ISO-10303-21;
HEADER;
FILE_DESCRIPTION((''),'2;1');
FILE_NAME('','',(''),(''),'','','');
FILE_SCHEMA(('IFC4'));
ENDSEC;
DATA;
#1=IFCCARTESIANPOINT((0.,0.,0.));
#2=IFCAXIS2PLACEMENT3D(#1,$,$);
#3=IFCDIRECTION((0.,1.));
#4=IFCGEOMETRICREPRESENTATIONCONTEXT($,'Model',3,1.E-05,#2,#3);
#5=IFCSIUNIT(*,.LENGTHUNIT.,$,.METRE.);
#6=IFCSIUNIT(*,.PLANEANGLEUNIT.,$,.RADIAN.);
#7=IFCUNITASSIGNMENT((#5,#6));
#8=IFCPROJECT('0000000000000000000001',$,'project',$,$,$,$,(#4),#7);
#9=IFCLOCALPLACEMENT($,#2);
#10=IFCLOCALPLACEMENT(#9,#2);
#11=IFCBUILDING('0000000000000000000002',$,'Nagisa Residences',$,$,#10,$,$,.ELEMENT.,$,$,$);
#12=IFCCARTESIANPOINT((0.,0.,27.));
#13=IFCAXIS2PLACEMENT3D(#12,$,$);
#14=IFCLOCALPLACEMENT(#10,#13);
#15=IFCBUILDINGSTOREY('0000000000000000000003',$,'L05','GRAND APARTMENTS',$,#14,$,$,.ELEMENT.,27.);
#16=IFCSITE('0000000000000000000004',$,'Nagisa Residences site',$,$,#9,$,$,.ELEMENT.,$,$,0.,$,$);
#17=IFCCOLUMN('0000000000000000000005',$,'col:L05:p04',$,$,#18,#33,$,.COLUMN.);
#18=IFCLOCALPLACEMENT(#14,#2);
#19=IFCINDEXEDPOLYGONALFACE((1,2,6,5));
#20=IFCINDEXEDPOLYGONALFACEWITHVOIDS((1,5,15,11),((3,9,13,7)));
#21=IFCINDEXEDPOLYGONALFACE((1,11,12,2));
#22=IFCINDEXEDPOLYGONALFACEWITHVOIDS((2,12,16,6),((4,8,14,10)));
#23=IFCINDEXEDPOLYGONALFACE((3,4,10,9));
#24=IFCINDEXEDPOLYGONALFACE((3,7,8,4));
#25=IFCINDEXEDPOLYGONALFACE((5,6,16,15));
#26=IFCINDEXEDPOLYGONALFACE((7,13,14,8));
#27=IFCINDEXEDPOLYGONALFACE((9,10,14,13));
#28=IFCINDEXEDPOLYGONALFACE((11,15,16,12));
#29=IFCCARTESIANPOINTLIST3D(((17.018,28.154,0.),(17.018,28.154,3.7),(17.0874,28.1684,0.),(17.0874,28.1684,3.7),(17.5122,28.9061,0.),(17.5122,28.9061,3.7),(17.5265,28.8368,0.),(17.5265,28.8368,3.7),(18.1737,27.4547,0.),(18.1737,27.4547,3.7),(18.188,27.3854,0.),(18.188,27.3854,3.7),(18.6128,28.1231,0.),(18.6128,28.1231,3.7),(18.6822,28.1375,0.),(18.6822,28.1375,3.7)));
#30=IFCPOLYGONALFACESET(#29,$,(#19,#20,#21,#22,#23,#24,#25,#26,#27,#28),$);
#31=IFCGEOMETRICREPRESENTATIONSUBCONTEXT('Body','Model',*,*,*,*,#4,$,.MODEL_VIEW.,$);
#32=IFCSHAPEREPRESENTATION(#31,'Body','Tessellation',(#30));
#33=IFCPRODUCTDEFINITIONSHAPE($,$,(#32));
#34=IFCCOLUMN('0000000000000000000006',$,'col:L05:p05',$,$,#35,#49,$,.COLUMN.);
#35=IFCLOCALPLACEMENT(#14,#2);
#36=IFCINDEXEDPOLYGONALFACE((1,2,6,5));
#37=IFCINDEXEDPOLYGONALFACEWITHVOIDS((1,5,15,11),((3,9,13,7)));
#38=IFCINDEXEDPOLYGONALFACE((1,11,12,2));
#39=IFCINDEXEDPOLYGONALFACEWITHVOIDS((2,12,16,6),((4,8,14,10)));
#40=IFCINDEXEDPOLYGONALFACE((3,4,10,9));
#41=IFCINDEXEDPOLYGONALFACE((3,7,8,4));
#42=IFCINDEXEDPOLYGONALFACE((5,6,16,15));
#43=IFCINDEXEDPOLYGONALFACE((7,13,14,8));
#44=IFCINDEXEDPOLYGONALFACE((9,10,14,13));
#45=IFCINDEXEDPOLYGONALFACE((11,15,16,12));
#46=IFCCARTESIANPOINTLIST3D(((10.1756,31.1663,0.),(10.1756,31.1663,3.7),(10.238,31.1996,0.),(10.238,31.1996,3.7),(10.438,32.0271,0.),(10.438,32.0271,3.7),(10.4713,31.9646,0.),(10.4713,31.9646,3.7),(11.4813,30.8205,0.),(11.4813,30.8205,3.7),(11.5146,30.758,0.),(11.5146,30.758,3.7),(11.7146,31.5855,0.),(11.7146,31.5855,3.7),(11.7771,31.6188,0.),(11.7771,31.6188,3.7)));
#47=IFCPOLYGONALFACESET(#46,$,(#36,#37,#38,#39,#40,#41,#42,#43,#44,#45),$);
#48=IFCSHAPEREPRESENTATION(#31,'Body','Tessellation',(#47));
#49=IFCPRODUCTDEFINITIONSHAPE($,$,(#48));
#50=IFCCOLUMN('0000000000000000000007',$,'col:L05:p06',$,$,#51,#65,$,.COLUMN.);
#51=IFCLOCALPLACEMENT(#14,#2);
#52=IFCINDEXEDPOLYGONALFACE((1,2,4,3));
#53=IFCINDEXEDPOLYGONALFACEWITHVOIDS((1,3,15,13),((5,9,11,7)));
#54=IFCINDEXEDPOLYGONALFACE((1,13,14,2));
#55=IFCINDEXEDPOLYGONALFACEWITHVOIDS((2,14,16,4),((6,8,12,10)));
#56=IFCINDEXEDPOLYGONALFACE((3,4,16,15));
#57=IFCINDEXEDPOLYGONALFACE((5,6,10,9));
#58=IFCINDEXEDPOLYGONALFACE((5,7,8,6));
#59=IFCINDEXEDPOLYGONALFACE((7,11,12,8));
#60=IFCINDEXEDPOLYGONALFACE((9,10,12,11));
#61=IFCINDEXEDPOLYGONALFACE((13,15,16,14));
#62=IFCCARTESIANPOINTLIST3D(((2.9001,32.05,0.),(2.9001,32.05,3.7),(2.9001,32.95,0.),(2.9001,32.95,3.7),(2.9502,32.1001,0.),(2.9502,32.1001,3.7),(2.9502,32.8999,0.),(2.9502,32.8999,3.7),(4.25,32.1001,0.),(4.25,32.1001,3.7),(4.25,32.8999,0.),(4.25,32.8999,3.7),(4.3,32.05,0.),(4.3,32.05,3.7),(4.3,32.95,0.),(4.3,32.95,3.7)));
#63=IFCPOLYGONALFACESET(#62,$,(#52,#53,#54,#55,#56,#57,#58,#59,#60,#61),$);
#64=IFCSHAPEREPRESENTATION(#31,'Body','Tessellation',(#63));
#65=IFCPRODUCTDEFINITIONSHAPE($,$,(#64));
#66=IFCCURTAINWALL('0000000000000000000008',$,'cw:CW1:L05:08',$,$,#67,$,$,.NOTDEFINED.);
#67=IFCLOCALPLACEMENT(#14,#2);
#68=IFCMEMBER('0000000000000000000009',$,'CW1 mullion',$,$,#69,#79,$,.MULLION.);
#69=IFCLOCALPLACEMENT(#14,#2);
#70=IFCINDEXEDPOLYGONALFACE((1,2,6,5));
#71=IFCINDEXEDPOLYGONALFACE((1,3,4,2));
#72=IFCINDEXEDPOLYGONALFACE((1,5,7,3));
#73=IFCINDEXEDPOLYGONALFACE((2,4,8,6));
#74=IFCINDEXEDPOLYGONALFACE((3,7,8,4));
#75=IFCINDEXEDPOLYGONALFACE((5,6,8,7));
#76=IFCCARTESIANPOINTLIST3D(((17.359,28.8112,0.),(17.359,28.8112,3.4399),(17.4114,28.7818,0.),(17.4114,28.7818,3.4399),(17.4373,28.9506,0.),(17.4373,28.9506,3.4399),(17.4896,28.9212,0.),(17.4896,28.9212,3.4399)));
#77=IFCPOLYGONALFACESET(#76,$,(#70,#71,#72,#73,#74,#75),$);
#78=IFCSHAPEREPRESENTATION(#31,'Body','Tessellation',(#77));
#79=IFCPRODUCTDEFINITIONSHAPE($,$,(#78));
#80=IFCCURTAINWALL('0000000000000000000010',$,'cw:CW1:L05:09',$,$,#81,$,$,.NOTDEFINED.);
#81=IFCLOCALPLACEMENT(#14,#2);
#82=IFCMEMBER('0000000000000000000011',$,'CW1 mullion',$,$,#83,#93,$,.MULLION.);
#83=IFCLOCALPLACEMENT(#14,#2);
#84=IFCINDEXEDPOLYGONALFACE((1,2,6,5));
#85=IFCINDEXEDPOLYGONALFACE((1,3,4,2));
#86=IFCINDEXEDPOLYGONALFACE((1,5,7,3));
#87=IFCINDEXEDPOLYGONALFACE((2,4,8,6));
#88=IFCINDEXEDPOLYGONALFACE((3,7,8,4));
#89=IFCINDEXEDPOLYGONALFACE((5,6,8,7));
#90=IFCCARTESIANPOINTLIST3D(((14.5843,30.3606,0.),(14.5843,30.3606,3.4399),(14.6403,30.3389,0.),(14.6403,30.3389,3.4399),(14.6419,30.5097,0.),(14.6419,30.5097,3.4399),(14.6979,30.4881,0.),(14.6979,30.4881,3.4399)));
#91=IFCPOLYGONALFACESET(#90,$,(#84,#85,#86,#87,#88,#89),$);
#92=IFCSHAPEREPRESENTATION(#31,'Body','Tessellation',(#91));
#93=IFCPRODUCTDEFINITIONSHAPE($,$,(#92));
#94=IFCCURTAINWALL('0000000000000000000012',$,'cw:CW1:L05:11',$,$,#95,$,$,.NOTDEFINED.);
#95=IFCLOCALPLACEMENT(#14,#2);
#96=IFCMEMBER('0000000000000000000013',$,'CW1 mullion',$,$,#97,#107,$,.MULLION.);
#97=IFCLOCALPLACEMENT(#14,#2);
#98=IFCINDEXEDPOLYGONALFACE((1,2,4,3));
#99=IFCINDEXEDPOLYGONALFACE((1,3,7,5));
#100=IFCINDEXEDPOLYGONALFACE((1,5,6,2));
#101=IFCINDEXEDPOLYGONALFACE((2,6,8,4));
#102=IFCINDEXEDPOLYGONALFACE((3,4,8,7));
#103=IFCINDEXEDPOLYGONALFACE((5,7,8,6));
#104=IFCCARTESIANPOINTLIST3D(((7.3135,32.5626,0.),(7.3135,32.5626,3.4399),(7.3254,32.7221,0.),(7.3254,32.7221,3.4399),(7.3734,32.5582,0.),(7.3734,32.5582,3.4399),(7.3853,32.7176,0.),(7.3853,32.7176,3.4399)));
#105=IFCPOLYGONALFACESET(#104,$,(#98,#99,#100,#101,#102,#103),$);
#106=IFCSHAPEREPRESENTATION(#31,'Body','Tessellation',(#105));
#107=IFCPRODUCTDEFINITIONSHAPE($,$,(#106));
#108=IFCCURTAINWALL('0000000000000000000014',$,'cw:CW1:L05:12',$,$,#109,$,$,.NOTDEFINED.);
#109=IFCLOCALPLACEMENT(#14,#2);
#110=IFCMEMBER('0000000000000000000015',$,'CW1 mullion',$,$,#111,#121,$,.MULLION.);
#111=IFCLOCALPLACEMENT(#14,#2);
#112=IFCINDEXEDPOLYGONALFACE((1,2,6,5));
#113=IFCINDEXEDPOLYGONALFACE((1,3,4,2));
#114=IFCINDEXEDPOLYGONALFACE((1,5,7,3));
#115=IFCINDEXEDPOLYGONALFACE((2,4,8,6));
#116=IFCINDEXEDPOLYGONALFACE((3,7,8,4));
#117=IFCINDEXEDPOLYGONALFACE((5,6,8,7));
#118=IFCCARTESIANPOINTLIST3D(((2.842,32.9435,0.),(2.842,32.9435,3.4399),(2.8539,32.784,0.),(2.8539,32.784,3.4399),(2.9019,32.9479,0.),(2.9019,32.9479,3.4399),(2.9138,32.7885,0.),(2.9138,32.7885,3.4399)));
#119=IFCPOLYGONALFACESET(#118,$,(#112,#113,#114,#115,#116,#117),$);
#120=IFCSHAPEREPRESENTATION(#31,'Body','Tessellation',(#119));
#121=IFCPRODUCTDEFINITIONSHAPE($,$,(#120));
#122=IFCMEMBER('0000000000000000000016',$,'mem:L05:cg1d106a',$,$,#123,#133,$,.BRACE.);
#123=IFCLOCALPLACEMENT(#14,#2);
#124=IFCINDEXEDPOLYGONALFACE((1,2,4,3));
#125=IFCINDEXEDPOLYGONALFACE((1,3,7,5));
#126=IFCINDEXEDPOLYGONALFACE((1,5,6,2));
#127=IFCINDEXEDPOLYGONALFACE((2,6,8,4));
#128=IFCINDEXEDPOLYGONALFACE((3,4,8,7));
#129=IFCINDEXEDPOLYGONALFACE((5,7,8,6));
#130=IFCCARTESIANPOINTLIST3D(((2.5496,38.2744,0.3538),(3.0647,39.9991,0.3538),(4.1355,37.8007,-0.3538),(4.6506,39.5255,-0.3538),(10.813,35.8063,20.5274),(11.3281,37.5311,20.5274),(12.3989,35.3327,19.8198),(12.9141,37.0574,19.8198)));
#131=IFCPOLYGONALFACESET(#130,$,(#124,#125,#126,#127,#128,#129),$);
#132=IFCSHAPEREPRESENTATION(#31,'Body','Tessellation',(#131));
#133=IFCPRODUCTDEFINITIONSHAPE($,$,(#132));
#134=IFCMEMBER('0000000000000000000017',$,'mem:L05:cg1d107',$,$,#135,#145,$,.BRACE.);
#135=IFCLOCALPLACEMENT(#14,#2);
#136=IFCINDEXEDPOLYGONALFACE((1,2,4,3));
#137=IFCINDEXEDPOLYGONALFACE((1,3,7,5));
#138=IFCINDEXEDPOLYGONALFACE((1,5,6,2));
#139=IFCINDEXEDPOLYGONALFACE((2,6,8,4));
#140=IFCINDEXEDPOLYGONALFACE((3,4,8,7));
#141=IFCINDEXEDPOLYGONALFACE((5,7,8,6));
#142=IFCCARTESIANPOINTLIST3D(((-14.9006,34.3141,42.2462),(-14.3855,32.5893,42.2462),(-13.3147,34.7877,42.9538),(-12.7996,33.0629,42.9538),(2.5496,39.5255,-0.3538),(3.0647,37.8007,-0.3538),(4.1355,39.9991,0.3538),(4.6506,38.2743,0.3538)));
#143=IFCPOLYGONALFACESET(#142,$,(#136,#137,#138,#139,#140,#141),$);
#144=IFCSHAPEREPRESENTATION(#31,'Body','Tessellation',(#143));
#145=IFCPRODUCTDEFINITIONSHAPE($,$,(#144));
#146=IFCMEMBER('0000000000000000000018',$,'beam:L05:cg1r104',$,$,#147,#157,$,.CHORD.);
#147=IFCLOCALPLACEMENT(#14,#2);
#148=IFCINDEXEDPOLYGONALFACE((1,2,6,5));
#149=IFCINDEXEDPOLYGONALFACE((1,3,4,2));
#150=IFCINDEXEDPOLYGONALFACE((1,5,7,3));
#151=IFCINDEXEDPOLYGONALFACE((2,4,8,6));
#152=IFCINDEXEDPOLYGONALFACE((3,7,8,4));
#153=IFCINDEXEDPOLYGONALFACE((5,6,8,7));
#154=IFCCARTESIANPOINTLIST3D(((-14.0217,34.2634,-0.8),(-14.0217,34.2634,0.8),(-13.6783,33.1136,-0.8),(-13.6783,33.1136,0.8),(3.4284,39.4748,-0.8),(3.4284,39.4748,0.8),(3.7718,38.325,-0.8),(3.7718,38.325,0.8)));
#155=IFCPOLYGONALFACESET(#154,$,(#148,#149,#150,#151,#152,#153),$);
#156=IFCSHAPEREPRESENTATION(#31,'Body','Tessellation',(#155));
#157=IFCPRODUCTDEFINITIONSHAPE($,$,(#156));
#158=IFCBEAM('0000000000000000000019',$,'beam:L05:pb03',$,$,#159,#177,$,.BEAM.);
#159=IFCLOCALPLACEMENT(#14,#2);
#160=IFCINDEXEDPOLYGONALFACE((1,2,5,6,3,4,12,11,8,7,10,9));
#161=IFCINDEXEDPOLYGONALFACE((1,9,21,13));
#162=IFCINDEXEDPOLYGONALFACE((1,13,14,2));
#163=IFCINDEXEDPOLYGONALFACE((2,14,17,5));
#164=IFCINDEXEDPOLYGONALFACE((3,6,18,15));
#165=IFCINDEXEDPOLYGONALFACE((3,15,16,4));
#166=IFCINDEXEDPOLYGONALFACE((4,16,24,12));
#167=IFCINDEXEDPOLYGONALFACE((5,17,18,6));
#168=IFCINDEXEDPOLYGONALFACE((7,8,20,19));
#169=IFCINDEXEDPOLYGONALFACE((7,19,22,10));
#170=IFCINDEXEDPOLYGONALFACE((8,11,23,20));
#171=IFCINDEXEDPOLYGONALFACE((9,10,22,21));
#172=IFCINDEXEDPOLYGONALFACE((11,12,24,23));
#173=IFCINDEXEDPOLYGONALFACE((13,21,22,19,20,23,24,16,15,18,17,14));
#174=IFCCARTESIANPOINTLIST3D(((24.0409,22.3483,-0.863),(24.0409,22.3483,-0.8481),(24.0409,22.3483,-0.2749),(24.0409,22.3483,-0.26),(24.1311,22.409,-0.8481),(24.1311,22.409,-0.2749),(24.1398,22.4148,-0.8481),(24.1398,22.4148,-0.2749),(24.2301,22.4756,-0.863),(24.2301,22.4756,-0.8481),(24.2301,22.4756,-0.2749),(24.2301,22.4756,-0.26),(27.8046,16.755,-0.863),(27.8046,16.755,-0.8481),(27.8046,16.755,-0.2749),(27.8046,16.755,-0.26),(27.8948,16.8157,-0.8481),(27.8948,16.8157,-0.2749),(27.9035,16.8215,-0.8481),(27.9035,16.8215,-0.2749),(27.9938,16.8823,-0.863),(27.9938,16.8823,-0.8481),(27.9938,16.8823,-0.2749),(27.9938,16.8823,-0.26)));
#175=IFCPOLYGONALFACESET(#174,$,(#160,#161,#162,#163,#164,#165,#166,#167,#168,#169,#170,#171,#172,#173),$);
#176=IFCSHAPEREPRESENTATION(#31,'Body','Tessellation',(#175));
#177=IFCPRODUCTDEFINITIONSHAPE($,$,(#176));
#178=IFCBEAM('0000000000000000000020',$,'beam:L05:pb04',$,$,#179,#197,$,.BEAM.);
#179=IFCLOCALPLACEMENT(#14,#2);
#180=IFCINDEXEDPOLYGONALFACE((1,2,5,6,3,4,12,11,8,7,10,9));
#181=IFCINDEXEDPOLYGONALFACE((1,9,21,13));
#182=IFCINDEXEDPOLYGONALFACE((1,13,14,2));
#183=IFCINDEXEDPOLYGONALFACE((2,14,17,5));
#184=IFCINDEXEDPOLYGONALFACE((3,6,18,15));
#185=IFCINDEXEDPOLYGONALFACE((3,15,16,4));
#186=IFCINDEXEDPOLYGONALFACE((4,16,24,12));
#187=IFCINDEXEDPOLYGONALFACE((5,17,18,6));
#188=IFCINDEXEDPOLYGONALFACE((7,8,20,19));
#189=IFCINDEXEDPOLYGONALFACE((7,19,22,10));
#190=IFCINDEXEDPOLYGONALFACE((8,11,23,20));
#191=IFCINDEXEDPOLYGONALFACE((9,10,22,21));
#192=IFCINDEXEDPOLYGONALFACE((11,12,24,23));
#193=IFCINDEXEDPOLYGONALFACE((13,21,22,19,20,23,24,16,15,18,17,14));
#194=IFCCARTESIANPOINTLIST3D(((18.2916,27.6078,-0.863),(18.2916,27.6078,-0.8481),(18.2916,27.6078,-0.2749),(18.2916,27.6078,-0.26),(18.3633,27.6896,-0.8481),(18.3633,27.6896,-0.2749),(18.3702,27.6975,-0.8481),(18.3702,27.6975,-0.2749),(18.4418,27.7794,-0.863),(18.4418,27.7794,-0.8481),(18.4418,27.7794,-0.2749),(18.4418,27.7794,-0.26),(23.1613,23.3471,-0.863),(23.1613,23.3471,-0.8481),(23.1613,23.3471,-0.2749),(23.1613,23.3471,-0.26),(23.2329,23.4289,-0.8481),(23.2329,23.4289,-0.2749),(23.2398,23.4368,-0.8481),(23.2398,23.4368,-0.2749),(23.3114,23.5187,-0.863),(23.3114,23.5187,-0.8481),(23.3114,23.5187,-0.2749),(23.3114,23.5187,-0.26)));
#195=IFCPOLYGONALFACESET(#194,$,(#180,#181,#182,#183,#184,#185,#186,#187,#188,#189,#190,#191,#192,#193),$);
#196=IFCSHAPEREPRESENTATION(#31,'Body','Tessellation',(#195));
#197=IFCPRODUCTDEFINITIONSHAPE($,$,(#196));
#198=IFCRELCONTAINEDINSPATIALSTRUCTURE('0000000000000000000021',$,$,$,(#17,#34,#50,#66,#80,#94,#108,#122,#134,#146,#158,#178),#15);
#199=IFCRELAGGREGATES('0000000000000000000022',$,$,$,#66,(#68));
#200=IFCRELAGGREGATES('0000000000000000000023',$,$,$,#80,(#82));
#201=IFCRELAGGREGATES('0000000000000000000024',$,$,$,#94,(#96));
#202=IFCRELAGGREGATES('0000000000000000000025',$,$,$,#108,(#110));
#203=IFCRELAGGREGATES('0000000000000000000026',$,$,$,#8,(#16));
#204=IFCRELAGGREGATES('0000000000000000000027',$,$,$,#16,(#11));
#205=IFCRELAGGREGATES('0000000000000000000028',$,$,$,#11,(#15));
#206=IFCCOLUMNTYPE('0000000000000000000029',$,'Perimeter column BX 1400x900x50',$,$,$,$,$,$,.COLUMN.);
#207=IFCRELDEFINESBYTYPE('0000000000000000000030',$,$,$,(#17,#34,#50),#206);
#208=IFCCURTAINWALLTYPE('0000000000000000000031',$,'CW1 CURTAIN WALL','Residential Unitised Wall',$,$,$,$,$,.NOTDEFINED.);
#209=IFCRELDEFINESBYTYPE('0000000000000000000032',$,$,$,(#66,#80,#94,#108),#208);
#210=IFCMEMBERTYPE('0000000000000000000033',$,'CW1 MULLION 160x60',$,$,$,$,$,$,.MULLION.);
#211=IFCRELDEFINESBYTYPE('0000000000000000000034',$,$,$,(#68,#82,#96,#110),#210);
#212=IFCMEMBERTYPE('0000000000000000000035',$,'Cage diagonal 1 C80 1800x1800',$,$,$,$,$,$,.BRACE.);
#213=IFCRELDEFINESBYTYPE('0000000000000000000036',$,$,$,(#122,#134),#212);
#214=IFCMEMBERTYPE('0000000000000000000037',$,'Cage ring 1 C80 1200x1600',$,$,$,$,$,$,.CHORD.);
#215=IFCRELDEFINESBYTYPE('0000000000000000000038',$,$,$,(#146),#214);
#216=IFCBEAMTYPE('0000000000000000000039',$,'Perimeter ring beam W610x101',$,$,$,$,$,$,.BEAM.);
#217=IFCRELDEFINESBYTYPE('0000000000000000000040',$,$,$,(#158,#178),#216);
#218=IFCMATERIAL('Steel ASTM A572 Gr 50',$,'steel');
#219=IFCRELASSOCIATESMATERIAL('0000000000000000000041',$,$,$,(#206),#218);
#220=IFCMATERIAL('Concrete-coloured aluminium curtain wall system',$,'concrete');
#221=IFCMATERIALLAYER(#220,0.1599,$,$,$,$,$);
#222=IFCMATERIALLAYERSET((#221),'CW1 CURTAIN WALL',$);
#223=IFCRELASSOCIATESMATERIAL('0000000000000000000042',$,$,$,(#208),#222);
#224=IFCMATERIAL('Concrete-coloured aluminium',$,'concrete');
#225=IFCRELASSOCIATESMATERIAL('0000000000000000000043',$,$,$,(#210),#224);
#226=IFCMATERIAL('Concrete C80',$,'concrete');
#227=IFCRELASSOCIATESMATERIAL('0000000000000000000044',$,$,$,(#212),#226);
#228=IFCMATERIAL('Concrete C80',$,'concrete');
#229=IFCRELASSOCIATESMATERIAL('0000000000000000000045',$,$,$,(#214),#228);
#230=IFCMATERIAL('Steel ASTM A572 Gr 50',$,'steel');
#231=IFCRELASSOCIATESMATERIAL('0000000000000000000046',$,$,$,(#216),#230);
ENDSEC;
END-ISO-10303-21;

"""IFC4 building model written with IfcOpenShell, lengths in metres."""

from ifc_helpers import new_model, si_unit, direction, frame, origin, origin_2d, place, context, subcontext, project, spatial, rectangle, hollow_rectangle, i_section, extrude, material, layer, layer_set, material_profile, profile_set, type_object, element, aggregate, save


model = new_model("IFC4")

# Units and contexts
model_context = context("Model", 3, precision=1e-05, world=origin(), true_north=direction((0.0, 1.0)))
body_context = subcontext(model_context, "Body", "Model", "MODEL_VIEW")
ifc_project = project(units=[si_unit("LENGTHUNIT", "METRE"), si_unit("PLANEANGLEUNIT", "RADIAN")], contexts=[model_context])

# Site, building, storey
site_placement = place(None, origin())
site = spatial("IfcSite", under=ifc_project, at=site_placement, Name="Nagisa Residences site", CompositionType="ELEMENT", RefElevation=0.0)
building_placement = place(site_placement, origin())
building = spatial("IfcBuilding", under=site, at=building_placement, Name="Nagisa Residences", CompositionType="ELEMENT")
storey_placement = place(building_placement, frame((0.0, 0.0, 27.0)))
storey = spatial("IfcBuildingStorey", under=building, at=storey_placement, Name="L05", Description="GRAND APARTMENTS", CompositionType="ELEMENT", Elevation=27.0)

# Columns
ifc_material_1 = material(Name="Steel ASTM A572 Gr 50", Category="steel")
ifc_material_profile_1 = material_profile(ifc_material_1, hollow_rectangle(XDim=1.3999, YDim=0.8999, WallThickness=0.05, at=origin_2d()), Name="BX 1400x900x50")
ifc_profile_set_1 = profile_set([ifc_material_profile_1], Name="Steel ASTM A572 Gr 50")
column_type = type_object("IfcColumnType", Name="Perimeter column BX 1400x900x50", PredefinedType="COLUMN", material=ifc_profile_set_1)
for number, where, z_axis, x_axis, name in (
    (1, (17.8501, 28.1458, 0.0), (0.0, 0.0, 1.0), (-0.835766, 0.549086, 0.0), "col:L05:p04"),
    (2, (10.9763, 31.3926, 0.0), (0.0, 0.0, 1.0), (-0.956525, 0.291652, 0.0), "col:L05:p05"),
    (3, (3.6001, 32.5, 0.0), (0.0, 0.0, 1.0), (-1.0, 0.0, 0.0), "col:L05:p06"),
):
    element("IfcColumn", number, at=place(storey_placement, frame(where, z_axis=z_axis, x_axis=x_axis)), inside=storey, type_object=column_type, Name=name, PredefinedType="COLUMN", context=body_context, shape_type="SweptSolid", body=[
        extrude(hollow_rectangle(XDim=1.3999, YDim=0.8999, WallThickness=0.05, at=origin_2d()), origin(), (0.0, 0.0, 1.0), 3.7),
    ])

# Curtain walls, members
ifc_material_2 = material(Name="Concrete-coloured aluminium curtain wall system", Category="concrete")
ifc_layer_1 = layer(ifc_material_2, 0.1599)
ifc_layer_set_1 = layer_set([ifc_layer_1], Name="CW1 CURTAIN WALL")
curtain_wall_type = type_object("IfcCurtainWallType", Name="CW1 CURTAIN WALL", Description="Residential Unitised Wall", PredefinedType="NOTDEFINED", material=ifc_layer_set_1)
curtain_wall_1_placement = place(storey_placement, origin())
curtain_wall_1 = element("IfcCurtainWall", 4, at=curtain_wall_1_placement, inside=storey, type_object=curtain_wall_type, Name="cw:CW1:L05:08", PredefinedType="NOTDEFINED")
ifc_material_3 = material(Name="Concrete-coloured aluminium", Category="concrete")
ifc_material_profile_2 = material_profile(ifc_material_3, rectangle(XDim=0.1599, YDim=0.0601, at=origin_2d()), Name="CW1 MULLION 160x60")
ifc_profile_set_2 = profile_set([ifc_material_profile_2], Name="Concrete-coloured aluminium")
member_type_1 = type_object("IfcMemberType", Name="CW1 MULLION 160x60", PredefinedType="MULLION", material=ifc_profile_set_2)
member_1_placement = place(storey_placement, frame((17.4243, 28.8662, 0.0), z_axis=(0.0, 0.0, 1.0), x_axis=(-0.489377, -0.872072, 0.0)))
member_1 = element("IfcMember", 5, at=member_1_placement, type_object=member_type_1, Name="CW1 mullion", PredefinedType="MULLION", context=body_context, shape_type="SweptSolid", body=[
    extrude(rectangle(XDim=0.1599, YDim=0.0601, at=origin_2d()), origin(), (0.0, 0.0, 1.0), 3.4399),
])
aggregate(curtain_wall_1, [member_1])
curtain_wall_2_placement = place(storey_placement, origin())
curtain_wall_2 = element("IfcCurtainWall", 6, at=curtain_wall_2_placement, inside=storey, type_object=curtain_wall_type, Name="cw:CW1:L05:09", PredefinedType="NOTDEFINED")
member_2_placement = place(storey_placement, frame((14.6411, 30.4243, 0.0), z_axis=(0.0, 0.0, 1.0), x_axis=(-0.360328, -0.932826, 0.0)))
member_2 = element("IfcMember", 7, at=member_2_placement, type_object=member_type_1, Name="CW1 mullion", PredefinedType="MULLION", context=body_context, shape_type="SweptSolid", body=[
    extrude(rectangle(XDim=0.1599, YDim=0.0601, at=origin_2d()), origin(), (0.0, 0.0, 1.0), 3.4399),
])
aggregate(curtain_wall_2, [member_2])
curtain_wall_3_placement = place(storey_placement, origin())
curtain_wall_3 = element("IfcCurtainWall", 8, at=curtain_wall_3_placement, inside=storey, type_object=curtain_wall_type, Name="cw:CW1:L05:11", PredefinedType="NOTDEFINED")
member_3_placement = place(storey_placement, frame((7.3494, 32.6401, 0.0), z_axis=(0.0, 0.0, 1.0), x_axis=(-0.074377, -0.99723, 0.0)))
member_3 = element("IfcMember", 9, at=member_3_placement, type_object=member_type_1, Name="CW1 mullion", PredefinedType="MULLION", context=body_context, shape_type="SweptSolid", body=[
    extrude(rectangle(XDim=0.1599, YDim=0.0601, at=origin_2d()), origin(), (0.0, 0.0, 1.0), 3.4399),
])
aggregate(curtain_wall_3, [member_3])
curtain_wall_4_placement = place(storey_placement, origin())
curtain_wall_4 = element("IfcCurtainWall", 10, at=curtain_wall_4_placement, inside=storey, type_object=curtain_wall_type, Name="cw:CW1:L05:12", PredefinedType="NOTDEFINED")
member_4_placement = place(storey_placement, frame((2.8779, 32.866, 0.0), z_axis=(0.0, 0.0, 1.0), x_axis=(0.074377, -0.99723, 0.0)))
member_4 = element("IfcMember", 11, at=member_4_placement, type_object=member_type_1, Name="CW1 mullion", PredefinedType="MULLION", context=body_context, shape_type="SweptSolid", body=[
    extrude(rectangle(XDim=0.1599, YDim=0.0601, at=origin_2d()), origin(), (0.0, 0.0, 1.0), 3.4399),
])
aggregate(curtain_wall_4, [member_4])

# Members
ifc_material_4 = material(Name="Concrete C80", Category="concrete")
ifc_material_profile_3 = material_profile(ifc_material_4, rectangle(XDim=1.8, YDim=1.8, at=origin_2d()), Name="C80 1800x1800")
ifc_profile_set_3 = profile_set([ifc_material_profile_3], Name="Concrete C80")
member_type_2 = type_object("IfcMemberType", Name="Cage diagonal 1 C80 1800x1800", PredefinedType="BRACE", material=ifc_profile_set_3)
member_5_placement = place(storey_placement, frame((3.6001, 38.8999, 0.0), z_axis=(0.376643, -0.112491, 0.919503), x_axis=(0.286176, 0.958177, 0.0)))
element("IfcMember", 12, at=member_5_placement, inside=storey, type_object=member_type_2, Name="mem:L05:cg1d106a", PredefinedType="BRACE", context=body_context, shape_type="SweptSolid", body=[
    extrude(rectangle(XDim=1.8, YDim=1.8, at=origin_2d()), origin(), (0.0, 0.0, 1.0), 21.9397),
])
member_6_placement = place(storey_placement, frame((3.6001, 38.8999, 0.0), z_axis=(-0.376653, -0.112486, 0.9195), x_axis=(0.286157, -0.958183, 0.0)))
element("IfcMember", 13, at=member_6_placement, inside=storey, type_object=member_type_2, Name="mem:L05:cg1d107", PredefinedType="BRACE", context=body_context, shape_type="SweptSolid", body=[
    extrude(rectangle(XDim=1.8, YDim=1.8, at=origin_2d()), origin(), (0.0, 0.0, 1.0), 46.3296),
])
ifc_material_5 = material(Name="Concrete C80", Category="concrete")
ifc_material_profile_4 = material_profile(ifc_material_5, rectangle(XDim=1.2, YDim=1.6001, at=origin_2d()), Name="C80 1200x1600")
ifc_profile_set_4 = profile_set([ifc_material_profile_4], Name="Concrete C80")
member_type_3 = type_object("IfcMemberType", Name="Cage ring 1 C80 1200x1600", PredefinedType="CHORD", material=ifc_profile_set_4)
member_7_placement = place(storey_placement, frame((3.6001, 38.8999, 0.0), z_axis=(-0.958183, -0.286157, 0.0), x_axis=(0.286157, -0.958183, 0.0)))
element("IfcMember", 14, at=member_7_placement, inside=storey, type_object=member_type_3, Name="beam:L05:cg1r104", PredefinedType="CHORD", context=body_context, shape_type="SweptSolid", body=[
    extrude(rectangle(XDim=1.2, YDim=1.6001, at=origin_2d()), origin(), (0.0, 0.0, 1.0), 18.2117),
])

# Beams
ifc_material_6 = material(Name="Steel ASTM A572 Gr 50", Category="steel")
ifc_material_profile_5 = material_profile(ifc_material_6, i_section(OverallWidth=0.228, OverallDepth=0.603, WebThickness=0.0105, FlangeThickness=0.0149, at=origin_2d()), Name="W610x101")
ifc_profile_set_5 = profile_set([ifc_material_profile_5], Name="Steel ASTM A572 Gr 50")
beam_type_1 = type_object("IfcBeamType", Name="Perimeter ring beam W610x101", PredefinedType="BEAM", material=ifc_profile_set_5)
beam_1_placement = place(storey_placement, frame((27.8992, 16.8186, -0.5615), z_axis=(-0.558272, 0.829658, 0.0), x_axis=(-0.829658, -0.558272, 0.0)))
element("IfcBeam", 15, at=beam_1_placement, inside=storey, type_object=beam_type_1, Name="beam:L05:pb03", PredefinedType="BEAM", context=body_context, shape_type="SweptSolid", body=[
    extrude(i_section(OverallWidth=0.228, OverallDepth=0.603, WebThickness=0.0105, FlangeThickness=0.0149, at=origin_2d()), origin(), (0.0, 0.0, 1.0), 6.7417),
])
beam_2_placement = place(storey_placement, frame((23.2363, 23.4329, -0.5615), z_axis=(-0.752591, 0.658489, 0.0), x_axis=(-0.658489, -0.752591, 0.0)))
element("IfcBeam", 16, at=beam_2_placement, inside=storey, type_object=beam_type_1, Name="beam:L05:pb04", PredefinedType="BEAM", context=body_context, shape_type="SweptSolid", body=[
    extrude(i_section(OverallWidth=0.228, OverallDepth=0.603, WebThickness=0.0105, FlangeThickness=0.0149, at=origin_2d()), origin(), (0.0, 0.0, 1.0), 6.4705),
])

save(model, "model.ifc")
